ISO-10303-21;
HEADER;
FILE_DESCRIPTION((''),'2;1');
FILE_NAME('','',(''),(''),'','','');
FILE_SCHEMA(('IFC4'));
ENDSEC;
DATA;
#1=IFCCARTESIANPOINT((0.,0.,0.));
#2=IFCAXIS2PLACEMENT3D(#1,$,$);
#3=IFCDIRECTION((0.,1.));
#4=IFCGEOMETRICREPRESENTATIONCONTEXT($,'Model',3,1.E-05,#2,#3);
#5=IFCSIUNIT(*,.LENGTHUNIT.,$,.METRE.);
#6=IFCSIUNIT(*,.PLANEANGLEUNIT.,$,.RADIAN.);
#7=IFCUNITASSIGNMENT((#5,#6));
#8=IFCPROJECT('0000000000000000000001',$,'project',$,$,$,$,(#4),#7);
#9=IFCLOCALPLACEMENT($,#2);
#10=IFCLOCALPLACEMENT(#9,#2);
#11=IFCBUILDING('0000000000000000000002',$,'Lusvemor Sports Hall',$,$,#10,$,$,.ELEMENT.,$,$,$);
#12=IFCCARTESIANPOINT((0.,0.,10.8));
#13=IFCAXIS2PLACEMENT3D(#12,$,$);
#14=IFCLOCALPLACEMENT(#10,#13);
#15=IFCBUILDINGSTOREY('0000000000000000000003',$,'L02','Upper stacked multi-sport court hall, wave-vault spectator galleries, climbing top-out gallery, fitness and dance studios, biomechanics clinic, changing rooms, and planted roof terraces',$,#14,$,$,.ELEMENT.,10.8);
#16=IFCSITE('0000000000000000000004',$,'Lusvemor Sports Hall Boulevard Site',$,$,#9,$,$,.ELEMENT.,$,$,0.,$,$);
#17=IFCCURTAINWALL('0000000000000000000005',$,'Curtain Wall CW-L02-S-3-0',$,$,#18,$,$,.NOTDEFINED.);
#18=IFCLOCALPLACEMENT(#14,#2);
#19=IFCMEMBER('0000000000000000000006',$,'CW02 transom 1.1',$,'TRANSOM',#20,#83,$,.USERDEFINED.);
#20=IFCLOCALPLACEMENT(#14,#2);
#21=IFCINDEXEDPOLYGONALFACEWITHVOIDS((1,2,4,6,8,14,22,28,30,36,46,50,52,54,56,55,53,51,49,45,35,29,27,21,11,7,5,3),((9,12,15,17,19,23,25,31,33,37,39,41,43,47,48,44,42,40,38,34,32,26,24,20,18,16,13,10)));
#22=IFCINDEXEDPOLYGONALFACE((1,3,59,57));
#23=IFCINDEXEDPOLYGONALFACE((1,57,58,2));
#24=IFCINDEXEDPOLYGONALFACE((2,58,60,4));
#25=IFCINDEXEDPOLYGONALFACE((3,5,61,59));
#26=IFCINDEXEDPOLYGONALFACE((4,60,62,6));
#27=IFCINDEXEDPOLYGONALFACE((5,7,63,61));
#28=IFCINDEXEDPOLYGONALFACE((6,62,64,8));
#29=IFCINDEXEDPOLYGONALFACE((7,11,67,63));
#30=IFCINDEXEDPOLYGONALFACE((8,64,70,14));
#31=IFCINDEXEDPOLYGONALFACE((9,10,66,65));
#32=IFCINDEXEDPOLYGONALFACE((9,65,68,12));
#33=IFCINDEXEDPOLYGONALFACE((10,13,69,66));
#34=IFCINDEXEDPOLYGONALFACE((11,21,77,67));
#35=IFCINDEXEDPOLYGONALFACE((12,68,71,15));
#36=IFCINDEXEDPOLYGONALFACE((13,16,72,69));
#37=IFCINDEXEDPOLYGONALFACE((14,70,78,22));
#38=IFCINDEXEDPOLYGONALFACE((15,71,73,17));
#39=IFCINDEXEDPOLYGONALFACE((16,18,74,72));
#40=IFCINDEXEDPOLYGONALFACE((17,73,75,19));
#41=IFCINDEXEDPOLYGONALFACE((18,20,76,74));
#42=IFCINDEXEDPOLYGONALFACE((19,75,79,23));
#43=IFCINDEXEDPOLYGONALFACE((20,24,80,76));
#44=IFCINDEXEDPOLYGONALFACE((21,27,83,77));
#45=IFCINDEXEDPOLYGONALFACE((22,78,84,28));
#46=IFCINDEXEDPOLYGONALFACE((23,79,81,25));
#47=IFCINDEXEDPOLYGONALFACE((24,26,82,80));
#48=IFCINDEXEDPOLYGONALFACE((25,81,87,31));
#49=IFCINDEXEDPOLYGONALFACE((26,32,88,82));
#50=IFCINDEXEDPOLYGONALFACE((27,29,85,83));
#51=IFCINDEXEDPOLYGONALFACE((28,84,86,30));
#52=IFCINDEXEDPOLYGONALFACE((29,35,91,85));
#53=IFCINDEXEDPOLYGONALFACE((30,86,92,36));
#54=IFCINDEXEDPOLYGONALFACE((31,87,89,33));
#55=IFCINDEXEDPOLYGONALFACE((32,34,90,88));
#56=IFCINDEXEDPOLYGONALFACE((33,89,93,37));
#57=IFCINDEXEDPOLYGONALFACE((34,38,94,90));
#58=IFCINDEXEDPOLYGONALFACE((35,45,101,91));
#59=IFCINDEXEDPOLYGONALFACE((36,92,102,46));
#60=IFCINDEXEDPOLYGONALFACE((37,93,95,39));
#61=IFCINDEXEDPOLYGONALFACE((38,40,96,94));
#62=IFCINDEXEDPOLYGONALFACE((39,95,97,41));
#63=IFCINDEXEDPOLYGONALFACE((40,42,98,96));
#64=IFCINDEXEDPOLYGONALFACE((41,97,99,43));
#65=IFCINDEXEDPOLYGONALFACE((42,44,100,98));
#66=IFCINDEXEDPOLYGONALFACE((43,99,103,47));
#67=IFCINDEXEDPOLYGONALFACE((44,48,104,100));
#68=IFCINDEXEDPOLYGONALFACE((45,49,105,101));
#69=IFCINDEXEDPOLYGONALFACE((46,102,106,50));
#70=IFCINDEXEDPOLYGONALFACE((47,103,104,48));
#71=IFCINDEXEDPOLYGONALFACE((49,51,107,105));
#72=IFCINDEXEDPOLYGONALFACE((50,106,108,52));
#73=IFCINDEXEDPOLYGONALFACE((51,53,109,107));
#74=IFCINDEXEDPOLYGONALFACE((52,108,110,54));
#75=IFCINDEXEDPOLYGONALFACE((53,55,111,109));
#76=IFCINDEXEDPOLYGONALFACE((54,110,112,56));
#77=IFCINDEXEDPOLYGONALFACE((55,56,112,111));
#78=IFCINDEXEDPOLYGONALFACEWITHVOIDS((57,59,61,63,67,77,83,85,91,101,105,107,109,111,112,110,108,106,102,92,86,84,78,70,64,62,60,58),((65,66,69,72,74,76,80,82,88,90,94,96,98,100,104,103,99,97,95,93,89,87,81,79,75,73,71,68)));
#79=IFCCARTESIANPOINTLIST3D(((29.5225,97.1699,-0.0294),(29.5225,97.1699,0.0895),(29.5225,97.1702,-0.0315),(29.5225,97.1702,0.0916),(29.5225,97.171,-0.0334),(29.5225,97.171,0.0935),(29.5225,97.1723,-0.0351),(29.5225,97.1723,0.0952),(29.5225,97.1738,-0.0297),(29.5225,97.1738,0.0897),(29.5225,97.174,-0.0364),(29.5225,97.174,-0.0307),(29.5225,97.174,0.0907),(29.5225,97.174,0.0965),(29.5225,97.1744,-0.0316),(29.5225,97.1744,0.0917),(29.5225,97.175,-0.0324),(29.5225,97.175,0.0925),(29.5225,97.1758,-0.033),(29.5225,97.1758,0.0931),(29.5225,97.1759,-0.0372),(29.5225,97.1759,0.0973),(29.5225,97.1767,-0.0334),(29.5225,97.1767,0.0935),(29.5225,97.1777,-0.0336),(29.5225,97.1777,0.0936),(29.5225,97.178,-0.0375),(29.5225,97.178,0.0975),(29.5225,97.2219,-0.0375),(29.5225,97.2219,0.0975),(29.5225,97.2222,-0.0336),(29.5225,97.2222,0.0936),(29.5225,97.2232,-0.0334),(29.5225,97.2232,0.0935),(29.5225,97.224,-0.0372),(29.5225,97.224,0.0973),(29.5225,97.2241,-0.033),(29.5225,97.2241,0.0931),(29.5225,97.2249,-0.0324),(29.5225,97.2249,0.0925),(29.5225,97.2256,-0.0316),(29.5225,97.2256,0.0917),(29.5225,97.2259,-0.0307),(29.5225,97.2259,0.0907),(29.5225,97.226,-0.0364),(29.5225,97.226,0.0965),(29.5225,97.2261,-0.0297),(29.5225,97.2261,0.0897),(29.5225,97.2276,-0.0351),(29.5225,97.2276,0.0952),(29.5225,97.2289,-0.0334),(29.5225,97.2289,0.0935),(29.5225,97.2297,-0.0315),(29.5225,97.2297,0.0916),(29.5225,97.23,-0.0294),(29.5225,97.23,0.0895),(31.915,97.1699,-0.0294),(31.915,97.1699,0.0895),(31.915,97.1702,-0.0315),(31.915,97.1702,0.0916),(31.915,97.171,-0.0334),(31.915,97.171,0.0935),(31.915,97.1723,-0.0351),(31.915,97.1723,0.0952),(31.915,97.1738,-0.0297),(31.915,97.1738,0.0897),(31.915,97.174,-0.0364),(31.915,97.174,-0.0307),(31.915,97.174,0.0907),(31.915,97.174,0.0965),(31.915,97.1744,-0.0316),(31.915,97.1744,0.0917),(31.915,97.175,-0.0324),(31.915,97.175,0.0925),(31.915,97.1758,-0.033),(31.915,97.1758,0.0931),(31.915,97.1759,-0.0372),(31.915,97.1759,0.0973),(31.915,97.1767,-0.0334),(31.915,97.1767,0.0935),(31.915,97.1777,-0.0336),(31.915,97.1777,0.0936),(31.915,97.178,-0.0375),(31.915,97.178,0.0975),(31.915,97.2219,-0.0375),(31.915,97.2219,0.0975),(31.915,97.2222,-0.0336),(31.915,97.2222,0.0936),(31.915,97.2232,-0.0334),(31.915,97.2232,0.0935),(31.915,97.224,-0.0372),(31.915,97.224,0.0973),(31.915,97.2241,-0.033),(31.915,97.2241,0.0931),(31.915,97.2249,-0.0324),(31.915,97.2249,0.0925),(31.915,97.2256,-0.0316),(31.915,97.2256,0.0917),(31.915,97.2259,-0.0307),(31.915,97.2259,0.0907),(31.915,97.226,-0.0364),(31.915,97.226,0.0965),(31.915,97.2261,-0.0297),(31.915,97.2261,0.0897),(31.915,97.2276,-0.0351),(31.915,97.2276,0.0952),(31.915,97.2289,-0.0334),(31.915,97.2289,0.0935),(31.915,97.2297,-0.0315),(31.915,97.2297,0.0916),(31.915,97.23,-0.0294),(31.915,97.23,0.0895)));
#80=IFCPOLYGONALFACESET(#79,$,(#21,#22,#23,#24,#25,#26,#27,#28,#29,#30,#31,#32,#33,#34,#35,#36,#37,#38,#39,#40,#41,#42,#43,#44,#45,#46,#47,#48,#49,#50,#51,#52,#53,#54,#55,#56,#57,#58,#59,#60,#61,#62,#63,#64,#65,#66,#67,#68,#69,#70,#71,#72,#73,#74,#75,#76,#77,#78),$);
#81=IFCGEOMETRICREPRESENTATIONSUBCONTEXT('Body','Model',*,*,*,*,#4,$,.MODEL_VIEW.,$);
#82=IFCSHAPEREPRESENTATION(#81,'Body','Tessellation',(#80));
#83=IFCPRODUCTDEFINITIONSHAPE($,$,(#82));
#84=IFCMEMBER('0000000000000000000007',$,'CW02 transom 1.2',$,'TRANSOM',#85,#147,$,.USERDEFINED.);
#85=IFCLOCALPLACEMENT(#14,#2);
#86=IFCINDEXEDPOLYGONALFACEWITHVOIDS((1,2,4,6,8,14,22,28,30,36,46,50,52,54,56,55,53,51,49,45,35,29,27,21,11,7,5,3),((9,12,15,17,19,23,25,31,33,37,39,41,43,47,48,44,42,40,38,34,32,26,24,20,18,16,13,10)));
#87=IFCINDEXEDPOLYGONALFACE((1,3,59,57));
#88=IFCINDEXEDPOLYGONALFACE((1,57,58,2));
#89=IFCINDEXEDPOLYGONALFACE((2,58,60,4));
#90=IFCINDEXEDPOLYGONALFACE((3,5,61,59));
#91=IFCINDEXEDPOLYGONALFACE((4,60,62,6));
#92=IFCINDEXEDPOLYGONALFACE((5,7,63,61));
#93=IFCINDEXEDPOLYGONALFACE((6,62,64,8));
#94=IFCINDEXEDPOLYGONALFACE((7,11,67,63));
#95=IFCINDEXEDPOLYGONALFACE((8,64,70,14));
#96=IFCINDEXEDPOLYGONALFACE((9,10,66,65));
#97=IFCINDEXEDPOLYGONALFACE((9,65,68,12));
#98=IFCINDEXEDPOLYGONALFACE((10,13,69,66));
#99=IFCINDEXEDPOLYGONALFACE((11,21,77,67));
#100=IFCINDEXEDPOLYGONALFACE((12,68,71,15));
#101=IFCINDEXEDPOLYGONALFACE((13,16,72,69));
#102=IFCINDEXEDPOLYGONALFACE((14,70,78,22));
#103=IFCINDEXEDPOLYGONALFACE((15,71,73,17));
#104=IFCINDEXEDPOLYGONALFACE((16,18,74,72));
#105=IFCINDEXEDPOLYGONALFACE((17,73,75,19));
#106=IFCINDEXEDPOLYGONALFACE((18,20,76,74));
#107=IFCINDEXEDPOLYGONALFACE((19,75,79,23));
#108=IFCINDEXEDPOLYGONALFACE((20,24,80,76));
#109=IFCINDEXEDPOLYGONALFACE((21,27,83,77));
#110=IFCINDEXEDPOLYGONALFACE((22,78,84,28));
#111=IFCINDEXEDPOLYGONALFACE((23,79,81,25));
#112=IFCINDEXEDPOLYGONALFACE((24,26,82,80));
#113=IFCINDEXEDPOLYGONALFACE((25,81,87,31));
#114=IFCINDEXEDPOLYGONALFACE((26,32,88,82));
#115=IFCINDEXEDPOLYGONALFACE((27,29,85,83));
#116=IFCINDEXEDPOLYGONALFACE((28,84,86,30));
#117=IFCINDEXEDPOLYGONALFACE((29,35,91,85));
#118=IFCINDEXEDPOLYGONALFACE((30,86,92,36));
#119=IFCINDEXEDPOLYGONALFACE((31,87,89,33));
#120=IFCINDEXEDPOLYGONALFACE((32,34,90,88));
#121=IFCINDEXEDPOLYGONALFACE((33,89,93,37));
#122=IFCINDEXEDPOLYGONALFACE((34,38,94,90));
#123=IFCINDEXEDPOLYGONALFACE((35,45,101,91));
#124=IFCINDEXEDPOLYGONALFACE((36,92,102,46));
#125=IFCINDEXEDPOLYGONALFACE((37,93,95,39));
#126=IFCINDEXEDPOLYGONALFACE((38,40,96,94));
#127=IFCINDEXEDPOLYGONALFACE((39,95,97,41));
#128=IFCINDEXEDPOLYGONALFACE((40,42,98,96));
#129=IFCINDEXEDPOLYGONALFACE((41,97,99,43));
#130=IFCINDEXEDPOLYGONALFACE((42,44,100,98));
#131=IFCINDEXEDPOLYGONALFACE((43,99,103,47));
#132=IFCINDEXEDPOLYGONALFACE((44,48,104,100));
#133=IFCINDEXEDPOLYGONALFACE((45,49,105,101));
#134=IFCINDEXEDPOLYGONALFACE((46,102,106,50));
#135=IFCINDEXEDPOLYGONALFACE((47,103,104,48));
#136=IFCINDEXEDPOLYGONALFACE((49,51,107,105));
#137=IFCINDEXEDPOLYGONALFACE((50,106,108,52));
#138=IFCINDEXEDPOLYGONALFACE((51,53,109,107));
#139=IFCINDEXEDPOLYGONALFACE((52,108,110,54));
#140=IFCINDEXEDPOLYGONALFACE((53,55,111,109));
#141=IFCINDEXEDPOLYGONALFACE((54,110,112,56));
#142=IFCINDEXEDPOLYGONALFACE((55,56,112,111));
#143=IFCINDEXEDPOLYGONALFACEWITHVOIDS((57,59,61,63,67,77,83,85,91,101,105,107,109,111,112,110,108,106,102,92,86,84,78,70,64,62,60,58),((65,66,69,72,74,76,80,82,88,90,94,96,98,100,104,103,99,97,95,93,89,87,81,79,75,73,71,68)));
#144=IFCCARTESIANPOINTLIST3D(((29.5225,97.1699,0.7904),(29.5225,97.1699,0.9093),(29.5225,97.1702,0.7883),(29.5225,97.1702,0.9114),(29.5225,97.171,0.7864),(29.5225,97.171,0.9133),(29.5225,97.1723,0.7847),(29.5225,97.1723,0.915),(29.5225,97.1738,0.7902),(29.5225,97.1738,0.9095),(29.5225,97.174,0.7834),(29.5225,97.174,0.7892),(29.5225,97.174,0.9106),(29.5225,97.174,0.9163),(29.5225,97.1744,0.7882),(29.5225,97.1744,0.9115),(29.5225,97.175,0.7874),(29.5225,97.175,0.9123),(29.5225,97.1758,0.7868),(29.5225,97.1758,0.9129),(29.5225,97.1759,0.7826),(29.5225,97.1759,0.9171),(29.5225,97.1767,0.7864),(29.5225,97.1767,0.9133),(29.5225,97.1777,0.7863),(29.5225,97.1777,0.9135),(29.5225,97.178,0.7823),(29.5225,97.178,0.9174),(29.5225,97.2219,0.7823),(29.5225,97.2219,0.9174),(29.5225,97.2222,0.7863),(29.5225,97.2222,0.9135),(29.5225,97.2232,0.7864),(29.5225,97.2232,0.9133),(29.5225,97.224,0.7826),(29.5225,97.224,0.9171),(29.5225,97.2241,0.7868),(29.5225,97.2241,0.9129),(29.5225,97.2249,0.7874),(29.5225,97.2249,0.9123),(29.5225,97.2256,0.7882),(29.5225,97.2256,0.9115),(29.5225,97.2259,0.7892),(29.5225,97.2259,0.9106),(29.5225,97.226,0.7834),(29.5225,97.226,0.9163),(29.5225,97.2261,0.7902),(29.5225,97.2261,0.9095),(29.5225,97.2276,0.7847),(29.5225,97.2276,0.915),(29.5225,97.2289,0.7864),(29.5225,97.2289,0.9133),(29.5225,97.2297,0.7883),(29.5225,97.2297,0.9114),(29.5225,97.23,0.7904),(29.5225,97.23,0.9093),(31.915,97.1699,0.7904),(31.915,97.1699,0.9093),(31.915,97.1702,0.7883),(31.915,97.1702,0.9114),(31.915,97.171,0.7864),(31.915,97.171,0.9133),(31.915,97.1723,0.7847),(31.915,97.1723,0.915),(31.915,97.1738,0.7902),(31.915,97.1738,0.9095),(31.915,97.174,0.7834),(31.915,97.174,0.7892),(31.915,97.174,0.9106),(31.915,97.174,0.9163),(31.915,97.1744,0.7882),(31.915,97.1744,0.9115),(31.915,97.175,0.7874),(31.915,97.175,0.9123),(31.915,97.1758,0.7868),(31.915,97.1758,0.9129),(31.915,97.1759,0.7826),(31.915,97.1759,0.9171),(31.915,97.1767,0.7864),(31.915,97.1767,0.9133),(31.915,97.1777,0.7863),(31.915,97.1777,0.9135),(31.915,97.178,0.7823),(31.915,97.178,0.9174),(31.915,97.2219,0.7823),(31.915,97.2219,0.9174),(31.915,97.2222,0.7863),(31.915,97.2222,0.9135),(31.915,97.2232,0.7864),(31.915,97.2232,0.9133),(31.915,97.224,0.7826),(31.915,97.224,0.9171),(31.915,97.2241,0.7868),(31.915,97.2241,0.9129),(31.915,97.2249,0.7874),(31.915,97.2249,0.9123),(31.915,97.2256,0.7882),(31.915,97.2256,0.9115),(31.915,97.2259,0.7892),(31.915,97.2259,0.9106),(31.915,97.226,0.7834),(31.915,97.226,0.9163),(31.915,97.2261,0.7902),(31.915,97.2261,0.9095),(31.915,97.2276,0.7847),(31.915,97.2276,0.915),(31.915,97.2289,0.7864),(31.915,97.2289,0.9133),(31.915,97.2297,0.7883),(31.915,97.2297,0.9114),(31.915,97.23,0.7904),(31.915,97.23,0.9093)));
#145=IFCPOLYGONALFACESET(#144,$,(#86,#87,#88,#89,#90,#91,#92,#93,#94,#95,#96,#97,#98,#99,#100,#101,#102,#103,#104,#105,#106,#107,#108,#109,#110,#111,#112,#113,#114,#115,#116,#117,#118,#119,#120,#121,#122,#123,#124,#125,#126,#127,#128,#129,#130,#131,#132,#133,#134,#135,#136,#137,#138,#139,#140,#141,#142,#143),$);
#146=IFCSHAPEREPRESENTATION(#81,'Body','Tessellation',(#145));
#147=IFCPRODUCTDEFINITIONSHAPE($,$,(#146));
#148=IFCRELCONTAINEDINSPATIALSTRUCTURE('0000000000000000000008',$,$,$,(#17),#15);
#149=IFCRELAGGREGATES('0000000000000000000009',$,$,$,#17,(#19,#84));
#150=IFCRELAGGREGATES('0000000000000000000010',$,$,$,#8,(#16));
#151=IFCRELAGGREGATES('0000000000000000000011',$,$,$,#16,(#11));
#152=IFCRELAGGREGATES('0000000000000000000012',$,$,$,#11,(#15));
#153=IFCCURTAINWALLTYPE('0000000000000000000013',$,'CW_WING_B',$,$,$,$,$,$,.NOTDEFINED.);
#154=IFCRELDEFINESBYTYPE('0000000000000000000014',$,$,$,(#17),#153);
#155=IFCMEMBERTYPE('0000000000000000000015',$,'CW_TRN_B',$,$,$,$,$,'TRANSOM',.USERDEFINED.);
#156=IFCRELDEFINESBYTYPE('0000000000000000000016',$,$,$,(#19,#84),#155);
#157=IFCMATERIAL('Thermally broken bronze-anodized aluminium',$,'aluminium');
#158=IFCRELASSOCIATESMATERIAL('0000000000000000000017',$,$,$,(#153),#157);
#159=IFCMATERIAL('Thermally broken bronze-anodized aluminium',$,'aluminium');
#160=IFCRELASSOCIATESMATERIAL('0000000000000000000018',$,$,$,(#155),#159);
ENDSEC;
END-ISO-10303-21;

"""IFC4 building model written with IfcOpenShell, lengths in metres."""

from ifc_helpers import new_model, si_unit, direction, frame, origin, origin_2d, place, context, subcontext, project, spatial, hollow_rectangle, extrude, material, material_profile, profile_set, type_object, element, aggregate, save


model = new_model("IFC4")

# Units and contexts
model_context = context("Model", 3, precision=1e-05, world=origin(), true_north=direction((0.0, 1.0)))
body_context = subcontext(model_context, "Body", "Model", "MODEL_VIEW")
ifc_project = project(units=[si_unit("LENGTHUNIT", "METRE"), si_unit("PLANEANGLEUNIT", "RADIAN")], contexts=[model_context])

# Site, building, storey
site_placement = place(None, origin())
site = spatial("IfcSite", under=ifc_project, at=site_placement, Name="Lusvemor Sports Hall Boulevard Site", CompositionType="ELEMENT", RefElevation=0.0)
building_placement = place(site_placement, origin())
building = spatial("IfcBuilding", under=site, at=building_placement, Name="Lusvemor Sports Hall", CompositionType="ELEMENT")
storey_placement = place(building_placement, frame((0.0, 0.0, 10.8)))
storey = spatial("IfcBuildingStorey", under=building, at=storey_placement, Name="L02", Description="Upper stacked multi-sport court hall, wave-vault spectator galleries, climbing top-out gallery, fitness and dance studios, biomechanics clinic, changing rooms, and planted roof terraces", CompositionType="ELEMENT", Elevation=10.8)

# Curtain wall, members
ifc_material_1 = material(Name="Thermally broken bronze-anodized aluminium", Category="aluminium")
curtain_wall_type = type_object("IfcCurtainWallType", Name="CW_WING_B", PredefinedType="NOTDEFINED", material=ifc_material_1)
curtain_wall_placement = place(storey_placement, origin())
curtain_wall = element("IfcCurtainWall", 1, at=curtain_wall_placement, inside=storey, type_object=curtain_wall_type, Name="Curtain Wall CW-L02-S-3-0", PredefinedType="NOTDEFINED")
ifc_material_2 = material(Name="Thermally broken bronze-anodized aluminium", Category="aluminium")
ifc_material_profile_1 = material_profile(ifc_material_2, hollow_rectangle(XDim=0.0601, YDim=0.135, WallThickness=0.0039, InnerFilletRadius=0.0039, OuterFilletRadius=0.0081, at=origin_2d()), Name="CWTRN135x60x4")
ifc_profile_set_1 = profile_set([ifc_material_profile_1], Name="Thermally broken bronze-anodized aluminium")
member_type_1 = type_object("IfcMemberType", Name="CW_TRN_B", ElementType="TRANSOM", PredefinedType="USERDEFINED", material=ifc_profile_set_1)
member_1_placement = place(storey_placement, frame((31.915, 97.2, 0.03), z_axis=(-1.0, 0.0, 0.0), x_axis=(0.0, -1.0, 0.0)))
member_1 = element("IfcMember", 2, at=member_1_placement, type_object=member_type_1, Name="CW02 transom 1.1", ObjectType="TRANSOM", PredefinedType="USERDEFINED", context=body_context, shape_type="SweptSolid", body=[
    extrude(hollow_rectangle(XDim=0.0601, YDim=0.135, WallThickness=0.0039, InnerFilletRadius=0.0039, OuterFilletRadius=0.0081, at=origin_2d()), origin(), (0.0, 0.0, 1.0), 2.3926),
])
member_2_placement = place(storey_placement, frame((31.915, 97.2, 0.8499), z_axis=(-1.0, 0.0, 0.0), x_axis=(0.0, -1.0, 0.0)))
member_2 = element("IfcMember", 3, at=member_2_placement, type_object=member_type_1, Name="CW02 transom 1.2", ObjectType="TRANSOM", PredefinedType="USERDEFINED", context=body_context, shape_type="SweptSolid", body=[
    extrude(hollow_rectangle(XDim=0.0601, YDim=0.135, WallThickness=0.0039, InnerFilletRadius=0.0039, OuterFilletRadius=0.0081, at=origin_2d()), origin(), (0.0, 0.0, 1.0), 2.3926),
])

aggregate(curtain_wall, [member_1, member_2])

save(model, "model.ifc")
